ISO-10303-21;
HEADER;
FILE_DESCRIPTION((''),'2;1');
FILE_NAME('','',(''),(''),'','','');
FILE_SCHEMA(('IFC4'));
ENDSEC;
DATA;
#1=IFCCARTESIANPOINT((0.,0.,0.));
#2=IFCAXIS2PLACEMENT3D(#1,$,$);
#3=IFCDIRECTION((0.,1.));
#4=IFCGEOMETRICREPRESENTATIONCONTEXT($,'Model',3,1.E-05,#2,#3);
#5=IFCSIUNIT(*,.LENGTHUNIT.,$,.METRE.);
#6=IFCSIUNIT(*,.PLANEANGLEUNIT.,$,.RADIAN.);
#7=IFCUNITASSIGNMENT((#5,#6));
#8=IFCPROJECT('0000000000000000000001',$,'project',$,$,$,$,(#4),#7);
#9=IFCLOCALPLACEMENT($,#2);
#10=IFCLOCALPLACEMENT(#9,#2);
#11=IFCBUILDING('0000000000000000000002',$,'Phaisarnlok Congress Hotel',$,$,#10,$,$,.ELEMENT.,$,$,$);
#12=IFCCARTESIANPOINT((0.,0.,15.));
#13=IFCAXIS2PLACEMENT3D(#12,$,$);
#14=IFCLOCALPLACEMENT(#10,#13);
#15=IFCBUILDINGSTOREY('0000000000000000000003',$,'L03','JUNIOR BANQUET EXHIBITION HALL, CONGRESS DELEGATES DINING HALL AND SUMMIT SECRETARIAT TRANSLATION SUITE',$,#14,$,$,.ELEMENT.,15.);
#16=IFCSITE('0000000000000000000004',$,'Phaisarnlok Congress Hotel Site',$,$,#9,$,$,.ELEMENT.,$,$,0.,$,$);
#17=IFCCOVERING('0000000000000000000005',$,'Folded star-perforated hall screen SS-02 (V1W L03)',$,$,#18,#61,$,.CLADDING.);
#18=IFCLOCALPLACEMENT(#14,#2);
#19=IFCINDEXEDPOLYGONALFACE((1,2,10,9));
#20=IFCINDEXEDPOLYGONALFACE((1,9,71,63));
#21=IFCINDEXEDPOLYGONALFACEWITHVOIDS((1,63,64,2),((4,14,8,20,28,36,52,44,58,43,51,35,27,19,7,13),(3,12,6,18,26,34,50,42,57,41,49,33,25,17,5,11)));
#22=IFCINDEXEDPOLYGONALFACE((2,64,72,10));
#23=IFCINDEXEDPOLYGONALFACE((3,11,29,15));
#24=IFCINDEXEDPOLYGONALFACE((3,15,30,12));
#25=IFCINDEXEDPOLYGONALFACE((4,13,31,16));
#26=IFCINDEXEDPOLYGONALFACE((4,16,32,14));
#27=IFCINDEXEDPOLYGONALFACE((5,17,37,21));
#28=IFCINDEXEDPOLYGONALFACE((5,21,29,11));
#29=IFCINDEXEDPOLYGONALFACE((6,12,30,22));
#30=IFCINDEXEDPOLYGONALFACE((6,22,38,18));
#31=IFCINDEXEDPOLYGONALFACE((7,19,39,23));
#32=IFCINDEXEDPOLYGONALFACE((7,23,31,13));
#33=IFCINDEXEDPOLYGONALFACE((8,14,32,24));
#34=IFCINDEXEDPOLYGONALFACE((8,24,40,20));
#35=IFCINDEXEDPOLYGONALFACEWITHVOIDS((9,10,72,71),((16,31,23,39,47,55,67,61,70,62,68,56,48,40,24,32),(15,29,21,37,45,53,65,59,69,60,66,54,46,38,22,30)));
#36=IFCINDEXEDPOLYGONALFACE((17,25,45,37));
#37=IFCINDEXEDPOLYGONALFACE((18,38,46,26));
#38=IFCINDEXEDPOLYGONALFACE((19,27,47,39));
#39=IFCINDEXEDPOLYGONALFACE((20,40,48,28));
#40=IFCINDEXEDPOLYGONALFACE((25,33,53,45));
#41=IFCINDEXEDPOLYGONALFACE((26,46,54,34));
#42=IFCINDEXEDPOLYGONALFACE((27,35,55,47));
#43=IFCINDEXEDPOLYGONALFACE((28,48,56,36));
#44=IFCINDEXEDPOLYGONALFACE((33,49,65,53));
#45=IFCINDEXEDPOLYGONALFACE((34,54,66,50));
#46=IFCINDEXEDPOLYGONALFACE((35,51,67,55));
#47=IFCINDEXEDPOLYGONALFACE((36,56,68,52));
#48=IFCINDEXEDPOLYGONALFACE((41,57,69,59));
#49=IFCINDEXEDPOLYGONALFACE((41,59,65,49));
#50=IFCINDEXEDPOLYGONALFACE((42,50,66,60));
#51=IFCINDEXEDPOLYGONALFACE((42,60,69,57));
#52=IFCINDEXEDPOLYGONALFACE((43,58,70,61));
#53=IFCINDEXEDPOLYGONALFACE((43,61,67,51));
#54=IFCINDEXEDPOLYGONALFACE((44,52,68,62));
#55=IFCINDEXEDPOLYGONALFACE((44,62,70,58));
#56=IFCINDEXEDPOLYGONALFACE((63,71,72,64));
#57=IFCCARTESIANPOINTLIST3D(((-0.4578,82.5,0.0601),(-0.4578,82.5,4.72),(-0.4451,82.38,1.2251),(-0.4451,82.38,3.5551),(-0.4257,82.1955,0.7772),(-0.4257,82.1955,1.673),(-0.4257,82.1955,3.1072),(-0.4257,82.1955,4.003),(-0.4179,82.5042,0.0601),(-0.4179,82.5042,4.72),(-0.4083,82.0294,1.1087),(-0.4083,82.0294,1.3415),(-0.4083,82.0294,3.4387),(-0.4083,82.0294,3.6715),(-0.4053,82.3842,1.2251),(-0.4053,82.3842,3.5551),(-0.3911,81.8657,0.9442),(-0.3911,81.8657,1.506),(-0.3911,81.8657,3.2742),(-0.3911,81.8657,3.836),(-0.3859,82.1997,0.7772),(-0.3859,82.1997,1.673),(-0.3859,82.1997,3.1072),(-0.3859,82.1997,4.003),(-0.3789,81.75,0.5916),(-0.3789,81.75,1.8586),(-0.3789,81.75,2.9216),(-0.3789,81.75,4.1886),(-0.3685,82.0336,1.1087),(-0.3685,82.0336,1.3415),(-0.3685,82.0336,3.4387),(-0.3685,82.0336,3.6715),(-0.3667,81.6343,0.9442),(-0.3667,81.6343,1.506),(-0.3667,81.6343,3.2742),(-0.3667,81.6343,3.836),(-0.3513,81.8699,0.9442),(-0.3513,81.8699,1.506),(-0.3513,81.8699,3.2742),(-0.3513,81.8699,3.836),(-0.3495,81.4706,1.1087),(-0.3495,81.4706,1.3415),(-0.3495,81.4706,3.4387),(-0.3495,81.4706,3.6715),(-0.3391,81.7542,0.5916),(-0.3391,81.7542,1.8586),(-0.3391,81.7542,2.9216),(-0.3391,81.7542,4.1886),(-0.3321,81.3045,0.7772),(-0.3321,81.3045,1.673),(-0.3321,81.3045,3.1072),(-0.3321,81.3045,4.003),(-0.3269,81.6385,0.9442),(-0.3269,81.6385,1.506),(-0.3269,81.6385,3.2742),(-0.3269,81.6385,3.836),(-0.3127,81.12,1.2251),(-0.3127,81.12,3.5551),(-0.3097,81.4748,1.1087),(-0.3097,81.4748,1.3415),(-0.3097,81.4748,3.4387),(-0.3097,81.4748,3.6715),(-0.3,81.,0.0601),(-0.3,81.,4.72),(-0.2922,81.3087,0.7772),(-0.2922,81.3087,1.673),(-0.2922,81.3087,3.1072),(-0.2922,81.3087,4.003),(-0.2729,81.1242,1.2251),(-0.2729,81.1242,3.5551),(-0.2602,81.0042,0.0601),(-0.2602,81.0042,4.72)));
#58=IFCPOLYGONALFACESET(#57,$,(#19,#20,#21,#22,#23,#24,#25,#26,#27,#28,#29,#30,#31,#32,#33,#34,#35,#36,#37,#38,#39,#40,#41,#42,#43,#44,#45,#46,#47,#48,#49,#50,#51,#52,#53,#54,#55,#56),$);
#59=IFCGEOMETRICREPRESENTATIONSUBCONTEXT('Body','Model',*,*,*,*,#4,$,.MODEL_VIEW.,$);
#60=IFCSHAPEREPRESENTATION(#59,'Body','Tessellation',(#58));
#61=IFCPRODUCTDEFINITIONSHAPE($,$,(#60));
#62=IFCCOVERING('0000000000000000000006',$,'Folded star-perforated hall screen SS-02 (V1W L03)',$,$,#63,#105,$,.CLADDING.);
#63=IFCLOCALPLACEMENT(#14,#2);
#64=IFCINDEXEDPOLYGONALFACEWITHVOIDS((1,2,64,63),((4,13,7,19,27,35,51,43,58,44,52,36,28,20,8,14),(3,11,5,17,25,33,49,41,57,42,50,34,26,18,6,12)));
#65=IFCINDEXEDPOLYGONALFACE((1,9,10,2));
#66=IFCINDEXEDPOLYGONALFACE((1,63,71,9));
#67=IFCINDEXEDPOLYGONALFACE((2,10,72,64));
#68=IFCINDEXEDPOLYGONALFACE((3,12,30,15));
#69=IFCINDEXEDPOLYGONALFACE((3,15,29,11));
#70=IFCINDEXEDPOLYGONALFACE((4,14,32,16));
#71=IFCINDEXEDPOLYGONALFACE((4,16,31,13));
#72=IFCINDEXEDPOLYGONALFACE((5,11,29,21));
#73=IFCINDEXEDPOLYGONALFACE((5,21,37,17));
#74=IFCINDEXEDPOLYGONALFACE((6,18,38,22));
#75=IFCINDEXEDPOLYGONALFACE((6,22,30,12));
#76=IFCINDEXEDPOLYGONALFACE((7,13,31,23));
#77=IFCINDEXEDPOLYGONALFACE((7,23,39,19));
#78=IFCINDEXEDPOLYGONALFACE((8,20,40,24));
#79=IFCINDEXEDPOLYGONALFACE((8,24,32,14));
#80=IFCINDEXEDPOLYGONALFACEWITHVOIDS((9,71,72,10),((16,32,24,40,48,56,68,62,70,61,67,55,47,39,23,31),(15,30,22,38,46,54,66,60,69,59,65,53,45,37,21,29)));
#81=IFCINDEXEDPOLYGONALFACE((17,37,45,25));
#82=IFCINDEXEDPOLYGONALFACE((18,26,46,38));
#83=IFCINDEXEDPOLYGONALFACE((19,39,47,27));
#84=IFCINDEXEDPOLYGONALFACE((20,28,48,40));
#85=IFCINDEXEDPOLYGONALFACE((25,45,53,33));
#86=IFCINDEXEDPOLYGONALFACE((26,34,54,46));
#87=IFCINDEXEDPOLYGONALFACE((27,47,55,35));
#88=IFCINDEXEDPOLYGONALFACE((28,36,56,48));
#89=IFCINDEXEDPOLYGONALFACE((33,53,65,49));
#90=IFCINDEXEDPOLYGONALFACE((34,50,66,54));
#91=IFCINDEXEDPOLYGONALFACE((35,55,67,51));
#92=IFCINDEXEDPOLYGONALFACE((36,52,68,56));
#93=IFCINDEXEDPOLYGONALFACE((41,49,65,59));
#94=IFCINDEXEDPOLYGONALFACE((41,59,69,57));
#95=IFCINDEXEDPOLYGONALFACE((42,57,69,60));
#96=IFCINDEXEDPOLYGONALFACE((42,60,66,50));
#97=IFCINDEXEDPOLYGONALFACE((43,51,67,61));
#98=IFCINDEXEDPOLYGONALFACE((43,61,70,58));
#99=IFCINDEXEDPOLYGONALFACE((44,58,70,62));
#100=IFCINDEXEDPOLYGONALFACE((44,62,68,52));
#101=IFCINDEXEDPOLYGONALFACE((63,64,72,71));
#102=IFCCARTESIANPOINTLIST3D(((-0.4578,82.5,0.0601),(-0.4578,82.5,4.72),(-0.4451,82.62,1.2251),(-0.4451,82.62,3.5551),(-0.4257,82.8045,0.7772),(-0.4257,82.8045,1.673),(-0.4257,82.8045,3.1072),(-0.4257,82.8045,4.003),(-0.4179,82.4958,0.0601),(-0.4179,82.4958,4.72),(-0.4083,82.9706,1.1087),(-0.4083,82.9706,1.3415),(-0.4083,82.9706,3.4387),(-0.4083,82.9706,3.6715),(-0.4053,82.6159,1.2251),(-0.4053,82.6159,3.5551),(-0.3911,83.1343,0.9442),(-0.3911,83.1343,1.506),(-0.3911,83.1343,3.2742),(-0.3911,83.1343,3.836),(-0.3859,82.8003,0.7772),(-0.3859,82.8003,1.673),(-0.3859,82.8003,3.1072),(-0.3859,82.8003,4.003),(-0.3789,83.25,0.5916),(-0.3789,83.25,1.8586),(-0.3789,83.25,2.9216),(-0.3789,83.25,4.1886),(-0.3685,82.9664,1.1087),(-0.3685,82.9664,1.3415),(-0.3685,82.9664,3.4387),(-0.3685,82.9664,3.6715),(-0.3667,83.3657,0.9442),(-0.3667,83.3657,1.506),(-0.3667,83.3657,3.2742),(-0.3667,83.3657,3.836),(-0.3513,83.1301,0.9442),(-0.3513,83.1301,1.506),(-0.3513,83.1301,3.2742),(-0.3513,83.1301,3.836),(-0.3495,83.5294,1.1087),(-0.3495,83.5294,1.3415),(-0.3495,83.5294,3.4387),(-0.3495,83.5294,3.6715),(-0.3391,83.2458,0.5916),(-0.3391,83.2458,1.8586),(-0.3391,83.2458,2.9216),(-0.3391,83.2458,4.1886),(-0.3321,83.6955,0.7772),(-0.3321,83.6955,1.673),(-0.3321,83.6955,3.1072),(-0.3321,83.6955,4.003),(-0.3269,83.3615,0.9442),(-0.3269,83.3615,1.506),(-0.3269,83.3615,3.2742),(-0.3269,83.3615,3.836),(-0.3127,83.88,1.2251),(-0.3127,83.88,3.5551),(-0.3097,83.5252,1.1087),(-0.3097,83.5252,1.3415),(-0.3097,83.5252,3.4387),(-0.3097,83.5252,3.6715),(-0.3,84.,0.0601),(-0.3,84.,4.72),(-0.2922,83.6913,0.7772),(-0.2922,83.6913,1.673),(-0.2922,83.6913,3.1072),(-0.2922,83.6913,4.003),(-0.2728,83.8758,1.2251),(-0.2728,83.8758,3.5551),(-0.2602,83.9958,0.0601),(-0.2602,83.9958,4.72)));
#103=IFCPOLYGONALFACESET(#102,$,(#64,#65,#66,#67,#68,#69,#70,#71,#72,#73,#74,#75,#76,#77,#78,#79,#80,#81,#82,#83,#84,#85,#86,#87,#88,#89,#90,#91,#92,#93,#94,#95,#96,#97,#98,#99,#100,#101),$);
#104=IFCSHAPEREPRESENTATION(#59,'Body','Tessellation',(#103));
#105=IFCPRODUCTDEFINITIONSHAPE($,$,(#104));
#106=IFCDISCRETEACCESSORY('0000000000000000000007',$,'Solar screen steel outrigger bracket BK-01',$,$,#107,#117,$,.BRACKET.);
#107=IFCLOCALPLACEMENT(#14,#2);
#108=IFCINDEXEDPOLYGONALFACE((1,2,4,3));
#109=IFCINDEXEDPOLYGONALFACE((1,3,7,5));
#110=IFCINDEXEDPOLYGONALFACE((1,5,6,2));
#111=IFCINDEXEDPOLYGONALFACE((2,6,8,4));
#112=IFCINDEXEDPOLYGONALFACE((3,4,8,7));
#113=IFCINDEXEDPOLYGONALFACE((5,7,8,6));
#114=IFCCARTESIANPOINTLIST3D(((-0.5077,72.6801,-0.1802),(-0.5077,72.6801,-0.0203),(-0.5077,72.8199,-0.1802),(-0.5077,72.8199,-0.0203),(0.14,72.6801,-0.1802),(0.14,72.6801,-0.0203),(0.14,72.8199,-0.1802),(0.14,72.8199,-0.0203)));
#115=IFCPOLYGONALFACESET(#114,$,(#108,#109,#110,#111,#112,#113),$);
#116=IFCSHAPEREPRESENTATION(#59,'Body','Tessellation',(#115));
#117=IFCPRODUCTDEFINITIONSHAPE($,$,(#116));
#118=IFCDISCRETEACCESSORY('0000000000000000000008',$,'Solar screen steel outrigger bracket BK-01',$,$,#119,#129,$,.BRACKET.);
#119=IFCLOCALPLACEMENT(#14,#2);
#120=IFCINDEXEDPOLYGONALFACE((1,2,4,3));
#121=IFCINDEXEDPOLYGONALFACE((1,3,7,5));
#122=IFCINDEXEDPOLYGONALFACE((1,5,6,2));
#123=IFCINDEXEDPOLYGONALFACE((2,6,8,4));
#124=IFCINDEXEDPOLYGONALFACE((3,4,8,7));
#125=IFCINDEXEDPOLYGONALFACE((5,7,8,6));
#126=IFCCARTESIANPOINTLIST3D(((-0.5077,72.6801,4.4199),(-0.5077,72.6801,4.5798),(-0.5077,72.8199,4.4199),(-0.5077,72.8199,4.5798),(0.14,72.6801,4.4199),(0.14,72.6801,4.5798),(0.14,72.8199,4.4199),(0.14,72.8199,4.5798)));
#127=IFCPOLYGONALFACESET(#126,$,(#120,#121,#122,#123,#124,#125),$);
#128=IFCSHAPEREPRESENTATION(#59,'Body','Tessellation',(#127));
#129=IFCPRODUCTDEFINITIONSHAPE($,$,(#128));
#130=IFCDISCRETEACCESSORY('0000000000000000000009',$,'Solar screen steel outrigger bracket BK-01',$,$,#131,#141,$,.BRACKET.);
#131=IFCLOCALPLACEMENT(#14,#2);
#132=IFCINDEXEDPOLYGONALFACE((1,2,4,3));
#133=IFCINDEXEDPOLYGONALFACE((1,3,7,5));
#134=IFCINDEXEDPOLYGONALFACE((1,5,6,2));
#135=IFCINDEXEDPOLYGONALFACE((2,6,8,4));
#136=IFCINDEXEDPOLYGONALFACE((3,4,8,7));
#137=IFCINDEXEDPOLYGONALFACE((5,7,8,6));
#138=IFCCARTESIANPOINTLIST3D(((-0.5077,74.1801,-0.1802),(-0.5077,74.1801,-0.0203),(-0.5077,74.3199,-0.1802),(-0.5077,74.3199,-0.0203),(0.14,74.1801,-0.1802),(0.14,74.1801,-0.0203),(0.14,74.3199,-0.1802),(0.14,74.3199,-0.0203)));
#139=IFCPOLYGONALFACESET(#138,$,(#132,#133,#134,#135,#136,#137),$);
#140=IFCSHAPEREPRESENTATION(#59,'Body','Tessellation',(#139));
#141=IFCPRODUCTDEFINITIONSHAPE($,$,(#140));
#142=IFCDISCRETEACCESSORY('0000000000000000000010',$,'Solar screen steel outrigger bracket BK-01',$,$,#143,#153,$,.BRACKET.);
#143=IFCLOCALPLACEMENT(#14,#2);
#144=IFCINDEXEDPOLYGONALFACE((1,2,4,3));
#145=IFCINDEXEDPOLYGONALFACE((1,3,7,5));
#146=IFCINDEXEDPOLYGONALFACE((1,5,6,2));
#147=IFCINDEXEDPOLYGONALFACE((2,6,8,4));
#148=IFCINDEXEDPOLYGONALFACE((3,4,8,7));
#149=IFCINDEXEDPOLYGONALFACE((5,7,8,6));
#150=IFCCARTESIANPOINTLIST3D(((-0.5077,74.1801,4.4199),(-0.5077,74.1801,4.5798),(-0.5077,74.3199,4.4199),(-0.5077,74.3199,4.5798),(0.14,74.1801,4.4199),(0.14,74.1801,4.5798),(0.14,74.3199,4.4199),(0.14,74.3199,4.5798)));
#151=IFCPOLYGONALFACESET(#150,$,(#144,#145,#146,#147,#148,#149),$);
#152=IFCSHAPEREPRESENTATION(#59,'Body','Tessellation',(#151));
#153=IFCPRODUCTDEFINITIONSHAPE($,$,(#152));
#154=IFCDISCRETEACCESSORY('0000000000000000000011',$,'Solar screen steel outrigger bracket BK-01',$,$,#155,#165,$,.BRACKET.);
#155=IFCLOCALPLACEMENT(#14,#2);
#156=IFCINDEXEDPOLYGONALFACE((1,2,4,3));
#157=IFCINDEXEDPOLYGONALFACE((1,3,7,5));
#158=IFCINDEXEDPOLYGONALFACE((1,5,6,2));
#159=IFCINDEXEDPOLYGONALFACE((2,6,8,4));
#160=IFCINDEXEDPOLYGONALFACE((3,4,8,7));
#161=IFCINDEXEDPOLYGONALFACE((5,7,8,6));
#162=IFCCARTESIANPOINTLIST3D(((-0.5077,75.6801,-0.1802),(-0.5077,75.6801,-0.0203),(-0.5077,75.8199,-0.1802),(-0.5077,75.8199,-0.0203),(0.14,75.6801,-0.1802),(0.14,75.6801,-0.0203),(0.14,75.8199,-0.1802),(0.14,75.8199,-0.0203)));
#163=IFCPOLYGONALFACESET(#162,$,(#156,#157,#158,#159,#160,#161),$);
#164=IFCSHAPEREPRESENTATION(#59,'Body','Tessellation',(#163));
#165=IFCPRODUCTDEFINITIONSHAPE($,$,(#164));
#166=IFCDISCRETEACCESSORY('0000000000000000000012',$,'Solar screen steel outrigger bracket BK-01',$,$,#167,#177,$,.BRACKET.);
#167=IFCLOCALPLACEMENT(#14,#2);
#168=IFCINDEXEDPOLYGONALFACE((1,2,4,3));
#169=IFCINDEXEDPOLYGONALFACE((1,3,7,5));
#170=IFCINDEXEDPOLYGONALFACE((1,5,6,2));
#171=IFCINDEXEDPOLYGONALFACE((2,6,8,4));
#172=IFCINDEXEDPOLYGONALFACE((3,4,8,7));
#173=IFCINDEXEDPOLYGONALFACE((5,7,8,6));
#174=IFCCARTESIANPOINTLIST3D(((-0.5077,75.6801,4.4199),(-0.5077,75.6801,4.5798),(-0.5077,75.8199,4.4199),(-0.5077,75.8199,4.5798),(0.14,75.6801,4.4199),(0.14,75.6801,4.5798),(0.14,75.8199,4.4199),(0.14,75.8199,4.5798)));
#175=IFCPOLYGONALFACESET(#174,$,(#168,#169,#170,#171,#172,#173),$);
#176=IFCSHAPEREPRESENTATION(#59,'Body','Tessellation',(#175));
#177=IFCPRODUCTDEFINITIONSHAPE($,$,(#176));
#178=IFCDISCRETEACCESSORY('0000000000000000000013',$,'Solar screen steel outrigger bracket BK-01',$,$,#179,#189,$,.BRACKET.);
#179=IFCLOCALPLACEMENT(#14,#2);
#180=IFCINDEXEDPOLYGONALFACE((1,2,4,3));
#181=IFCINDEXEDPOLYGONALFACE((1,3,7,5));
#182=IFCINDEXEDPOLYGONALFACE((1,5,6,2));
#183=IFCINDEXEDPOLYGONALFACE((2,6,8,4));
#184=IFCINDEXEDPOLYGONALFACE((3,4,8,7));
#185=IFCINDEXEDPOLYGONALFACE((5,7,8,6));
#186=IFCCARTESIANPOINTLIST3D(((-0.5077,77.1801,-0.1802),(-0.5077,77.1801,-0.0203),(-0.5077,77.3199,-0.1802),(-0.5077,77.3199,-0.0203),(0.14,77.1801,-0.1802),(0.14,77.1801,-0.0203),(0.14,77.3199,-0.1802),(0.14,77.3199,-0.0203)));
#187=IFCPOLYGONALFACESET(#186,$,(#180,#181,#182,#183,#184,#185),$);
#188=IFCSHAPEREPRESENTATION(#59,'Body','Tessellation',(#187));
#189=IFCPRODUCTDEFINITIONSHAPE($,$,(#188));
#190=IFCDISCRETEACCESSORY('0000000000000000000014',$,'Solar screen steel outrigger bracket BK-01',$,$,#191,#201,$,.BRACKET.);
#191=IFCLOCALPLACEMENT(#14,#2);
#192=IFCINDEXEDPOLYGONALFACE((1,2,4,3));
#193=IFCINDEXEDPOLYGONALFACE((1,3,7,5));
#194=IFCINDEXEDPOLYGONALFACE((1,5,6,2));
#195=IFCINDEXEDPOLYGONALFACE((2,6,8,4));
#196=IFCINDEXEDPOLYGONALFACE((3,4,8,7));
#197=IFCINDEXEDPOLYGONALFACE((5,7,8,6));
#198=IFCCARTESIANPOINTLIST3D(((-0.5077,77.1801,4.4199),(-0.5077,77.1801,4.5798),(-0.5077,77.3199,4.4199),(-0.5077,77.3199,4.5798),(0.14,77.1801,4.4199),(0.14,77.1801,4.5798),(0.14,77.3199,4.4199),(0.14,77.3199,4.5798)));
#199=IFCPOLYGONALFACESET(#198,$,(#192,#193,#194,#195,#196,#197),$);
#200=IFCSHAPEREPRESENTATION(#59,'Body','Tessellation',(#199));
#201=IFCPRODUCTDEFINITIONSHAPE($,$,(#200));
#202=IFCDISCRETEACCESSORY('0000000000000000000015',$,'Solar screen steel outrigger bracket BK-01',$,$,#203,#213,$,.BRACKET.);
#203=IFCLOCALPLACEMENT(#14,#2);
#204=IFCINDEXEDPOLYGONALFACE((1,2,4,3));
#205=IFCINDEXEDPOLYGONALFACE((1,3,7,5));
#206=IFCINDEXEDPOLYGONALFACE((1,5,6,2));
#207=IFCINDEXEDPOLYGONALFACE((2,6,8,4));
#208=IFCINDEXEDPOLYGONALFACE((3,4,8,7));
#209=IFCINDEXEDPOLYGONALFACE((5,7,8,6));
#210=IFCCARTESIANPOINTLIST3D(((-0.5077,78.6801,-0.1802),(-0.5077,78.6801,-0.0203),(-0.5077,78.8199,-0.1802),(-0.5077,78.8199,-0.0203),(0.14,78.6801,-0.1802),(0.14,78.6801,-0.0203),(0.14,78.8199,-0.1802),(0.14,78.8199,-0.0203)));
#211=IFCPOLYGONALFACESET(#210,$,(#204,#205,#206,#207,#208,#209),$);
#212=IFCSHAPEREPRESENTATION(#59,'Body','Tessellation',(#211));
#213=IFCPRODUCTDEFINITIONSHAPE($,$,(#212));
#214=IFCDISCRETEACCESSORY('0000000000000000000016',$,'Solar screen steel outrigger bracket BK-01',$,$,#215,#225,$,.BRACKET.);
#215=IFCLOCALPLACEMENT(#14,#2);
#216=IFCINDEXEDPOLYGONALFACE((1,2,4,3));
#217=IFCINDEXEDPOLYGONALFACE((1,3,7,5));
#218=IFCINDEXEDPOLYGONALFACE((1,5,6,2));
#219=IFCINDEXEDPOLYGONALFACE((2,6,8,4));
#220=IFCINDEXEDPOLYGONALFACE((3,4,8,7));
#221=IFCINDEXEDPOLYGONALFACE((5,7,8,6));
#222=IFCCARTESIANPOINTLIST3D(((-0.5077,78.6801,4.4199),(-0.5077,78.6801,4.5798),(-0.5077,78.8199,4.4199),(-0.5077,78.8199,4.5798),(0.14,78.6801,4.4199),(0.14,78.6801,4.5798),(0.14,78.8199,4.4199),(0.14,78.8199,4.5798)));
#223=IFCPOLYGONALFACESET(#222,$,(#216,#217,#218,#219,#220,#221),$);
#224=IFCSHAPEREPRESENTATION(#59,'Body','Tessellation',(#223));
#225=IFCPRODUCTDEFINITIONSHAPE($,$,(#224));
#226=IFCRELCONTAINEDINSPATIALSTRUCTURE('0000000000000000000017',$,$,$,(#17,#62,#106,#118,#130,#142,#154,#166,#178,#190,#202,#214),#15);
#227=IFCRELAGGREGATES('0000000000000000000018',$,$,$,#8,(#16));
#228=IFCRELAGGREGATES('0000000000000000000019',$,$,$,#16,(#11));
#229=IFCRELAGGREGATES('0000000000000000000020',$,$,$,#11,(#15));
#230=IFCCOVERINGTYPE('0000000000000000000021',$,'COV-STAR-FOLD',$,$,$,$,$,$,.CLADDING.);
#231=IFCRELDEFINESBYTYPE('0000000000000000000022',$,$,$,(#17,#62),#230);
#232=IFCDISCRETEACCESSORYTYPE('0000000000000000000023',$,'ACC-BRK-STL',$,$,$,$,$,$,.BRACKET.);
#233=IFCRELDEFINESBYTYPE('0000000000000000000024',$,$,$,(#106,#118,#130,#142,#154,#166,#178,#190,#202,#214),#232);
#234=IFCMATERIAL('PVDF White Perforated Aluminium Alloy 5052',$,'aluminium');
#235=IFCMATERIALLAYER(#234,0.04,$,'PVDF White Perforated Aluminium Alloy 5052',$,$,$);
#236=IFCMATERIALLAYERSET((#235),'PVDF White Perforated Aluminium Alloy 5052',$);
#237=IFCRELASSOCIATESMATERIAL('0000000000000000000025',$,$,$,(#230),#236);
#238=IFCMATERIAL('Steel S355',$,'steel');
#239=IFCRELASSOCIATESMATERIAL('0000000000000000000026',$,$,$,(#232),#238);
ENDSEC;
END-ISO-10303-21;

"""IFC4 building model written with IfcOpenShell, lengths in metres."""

from ifc_helpers import new_model, si_unit, direction, frame, origin, origin_2d, place, context, subcontext, project, spatial, polyline, rectangle, outline, extrude, material, layer, layer_set, type_object, element, save


model = new_model("IFC4")

# Units and contexts
model_context = context("Model", 3, precision=1e-05, world=origin(), true_north=direction((0.0, 1.0)))
body_context = subcontext(model_context, "Body", "Model", "MODEL_VIEW")
ifc_project = project(units=[si_unit("LENGTHUNIT", "METRE"), si_unit("PLANEANGLEUNIT", "RADIAN")], contexts=[model_context])

# Site, building, storey
site_placement = place(None, origin())
site = spatial("IfcSite", under=ifc_project, at=site_placement, Name="Phaisarnlok Congress Hotel Site", CompositionType="ELEMENT", RefElevation=0.0)
building_placement = place(site_placement, origin())
building = spatial("IfcBuilding", under=site, at=building_placement, Name="Phaisarnlok Congress Hotel", CompositionType="ELEMENT")
storey_placement = place(building_placement, frame((0.0, 0.0, 15.0)))
storey = spatial("IfcBuildingStorey", under=building, at=storey_placement, Name="L03", Description="JUNIOR BANQUET EXHIBITION HALL, CONGRESS DELEGATES DINING HALL AND SUMMIT SECRETARIAT TRANSLATION SUITE", CompositionType="ELEMENT", Elevation=15.0)

# Coverings
ifc_material_1 = material(Name="PVDF White Perforated Aluminium Alloy 5052", Category="aluminium")
ifc_layer_1 = layer(ifc_material_1, 0.04, Name="PVDF White Perforated Aluminium Alloy 5052")
ifc_layer_set_1 = layer_set([ifc_layer_1], Name="PVDF White Perforated Aluminium Alloy 5052")
covering_type = type_object("IfcCoveringType", Name="COV-STAR-FOLD", PredefinedType="CLADDING", material=ifc_layer_set_1)
for number, where, z_axis, x_axis, name in (
    (1, (-0.3, 81.0, 0.0601), (0.994518, 0.104567, 0.0), (-0.104567, 0.994518, 0.0), "Folded star-perforated hall screen SS-02 (V1W L03)"),
    (2, (-0.4578, 82.5, 0.0601), (0.994518, -0.104567, 0.0), (0.104567, 0.994518, 0.0), "Folded star-perforated hall screen SS-02 (V1W L03)"),
):
    element("IfcCovering", number, at=place(storey_placement, frame(where, z_axis=z_axis, x_axis=x_axis)), inside=storey, type_object=covering_type, Name=name, PredefinedType="CLADDING", context=body_context, shape_type="SweptSolid", body=[
        extrude(outline(polyline([(0.0, 0.0), (1.5083, 0.0), (1.5083, 4.6599), (0.0, 4.6599), (0.0, 0.0)]), holes=[polyline([(1.0351, 1.0486), (1.2021, 0.7171), (0.8705, 0.8841), (0.7541, 0.5315), (0.6378, 0.8841), (0.3062, 0.7171), (0.4732, 1.0486), (0.1207, 1.165), (0.4732, 1.2814), (0.3062, 1.6129), (0.6378, 1.4459), (0.7541, 1.7985), (0.8705, 1.4459), (1.2021, 1.6129), (1.0351, 1.2814), (1.3876, 1.165), (1.0351, 1.0486)]), polyline([(1.0351, 3.3786), (1.2021, 3.0471), (0.8705, 3.2141), (0.7541, 2.8615), (0.6378, 3.2141), (0.3062, 3.0471), (0.4732, 3.3786), (0.1207, 3.495), (0.4732, 3.6114), (0.3062, 3.9429), (0.6378, 3.7759), (0.7541, 4.1285), (0.8705, 3.7759), (1.2021, 3.9429), (1.0351, 3.6114), (1.3876, 3.495), (1.0351, 3.3786)])]), origin(), (0.0, 0.0, 1.0), 0.04),
    ])

# Discrete accessories
ifc_material_2 = material(Name="Steel S355", Category="steel")
discrete_accessory_type = type_object("IfcDiscreteAccessoryType", Name="ACC-BRK-STL", PredefinedType="BRACKET", material=ifc_material_2)
for number, where, z_axis, x_axis, name in (
    (3, (-0.1838, 72.75, -0.1802), (0.0, 0.0, 1.0), (1.0, 0.0, 0.0), "Solar screen steel outrigger bracket BK-01"),
    (4, (-0.1838, 72.75, 4.4199), (0.0, 0.0, 1.0), (1.0, 0.0, 0.0), "Solar screen steel outrigger bracket BK-01"),
    (5, (-0.1838, 74.25, -0.1802), (0.0, 0.0, 1.0), (1.0, 0.0, 0.0), "Solar screen steel outrigger bracket BK-01"),
    (6, (-0.1838, 74.25, 4.4199), (0.0, 0.0, 1.0), (1.0, 0.0, 0.0), "Solar screen steel outrigger bracket BK-01"),
    (7, (-0.1838, 75.75, -0.1802), (0.0, 0.0, 1.0), (1.0, 0.0, 0.0), "Solar screen steel outrigger bracket BK-01"),
    (8, (-0.1838, 75.75, 4.4199), (0.0, 0.0, 1.0), (1.0, 0.0, 0.0), "Solar screen steel outrigger bracket BK-01"),
    (9, (-0.1838, 77.25, -0.1802), (0.0, 0.0, 1.0), (1.0, 0.0, 0.0), "Solar screen steel outrigger bracket BK-01"),
    (10, (-0.1838, 77.25, 4.4199), (0.0, 0.0, 1.0), (1.0, 0.0, 0.0), "Solar screen steel outrigger bracket BK-01"),
    (11, (-0.1838, 78.75, -0.1802), (0.0, 0.0, 1.0), (1.0, 0.0, 0.0), "Solar screen steel outrigger bracket BK-01"),
    (12, (-0.1838, 78.75, 4.4199), (0.0, 0.0, 1.0), (1.0, 0.0, 0.0), "Solar screen steel outrigger bracket BK-01"),
):
    element("IfcDiscreteAccessory", number, at=place(storey_placement, frame(where, z_axis=z_axis, x_axis=x_axis)), inside=storey, type_object=discrete_accessory_type, Name=name, PredefinedType="BRACKET", context=body_context, shape_type="SweptSolid", body=[
        extrude(rectangle(XDim=0.6477, YDim=0.1399, at=origin_2d()), origin(), (0.0, 0.0, 1.0), 0.1599),
    ])

save(model, "model.ifc")
